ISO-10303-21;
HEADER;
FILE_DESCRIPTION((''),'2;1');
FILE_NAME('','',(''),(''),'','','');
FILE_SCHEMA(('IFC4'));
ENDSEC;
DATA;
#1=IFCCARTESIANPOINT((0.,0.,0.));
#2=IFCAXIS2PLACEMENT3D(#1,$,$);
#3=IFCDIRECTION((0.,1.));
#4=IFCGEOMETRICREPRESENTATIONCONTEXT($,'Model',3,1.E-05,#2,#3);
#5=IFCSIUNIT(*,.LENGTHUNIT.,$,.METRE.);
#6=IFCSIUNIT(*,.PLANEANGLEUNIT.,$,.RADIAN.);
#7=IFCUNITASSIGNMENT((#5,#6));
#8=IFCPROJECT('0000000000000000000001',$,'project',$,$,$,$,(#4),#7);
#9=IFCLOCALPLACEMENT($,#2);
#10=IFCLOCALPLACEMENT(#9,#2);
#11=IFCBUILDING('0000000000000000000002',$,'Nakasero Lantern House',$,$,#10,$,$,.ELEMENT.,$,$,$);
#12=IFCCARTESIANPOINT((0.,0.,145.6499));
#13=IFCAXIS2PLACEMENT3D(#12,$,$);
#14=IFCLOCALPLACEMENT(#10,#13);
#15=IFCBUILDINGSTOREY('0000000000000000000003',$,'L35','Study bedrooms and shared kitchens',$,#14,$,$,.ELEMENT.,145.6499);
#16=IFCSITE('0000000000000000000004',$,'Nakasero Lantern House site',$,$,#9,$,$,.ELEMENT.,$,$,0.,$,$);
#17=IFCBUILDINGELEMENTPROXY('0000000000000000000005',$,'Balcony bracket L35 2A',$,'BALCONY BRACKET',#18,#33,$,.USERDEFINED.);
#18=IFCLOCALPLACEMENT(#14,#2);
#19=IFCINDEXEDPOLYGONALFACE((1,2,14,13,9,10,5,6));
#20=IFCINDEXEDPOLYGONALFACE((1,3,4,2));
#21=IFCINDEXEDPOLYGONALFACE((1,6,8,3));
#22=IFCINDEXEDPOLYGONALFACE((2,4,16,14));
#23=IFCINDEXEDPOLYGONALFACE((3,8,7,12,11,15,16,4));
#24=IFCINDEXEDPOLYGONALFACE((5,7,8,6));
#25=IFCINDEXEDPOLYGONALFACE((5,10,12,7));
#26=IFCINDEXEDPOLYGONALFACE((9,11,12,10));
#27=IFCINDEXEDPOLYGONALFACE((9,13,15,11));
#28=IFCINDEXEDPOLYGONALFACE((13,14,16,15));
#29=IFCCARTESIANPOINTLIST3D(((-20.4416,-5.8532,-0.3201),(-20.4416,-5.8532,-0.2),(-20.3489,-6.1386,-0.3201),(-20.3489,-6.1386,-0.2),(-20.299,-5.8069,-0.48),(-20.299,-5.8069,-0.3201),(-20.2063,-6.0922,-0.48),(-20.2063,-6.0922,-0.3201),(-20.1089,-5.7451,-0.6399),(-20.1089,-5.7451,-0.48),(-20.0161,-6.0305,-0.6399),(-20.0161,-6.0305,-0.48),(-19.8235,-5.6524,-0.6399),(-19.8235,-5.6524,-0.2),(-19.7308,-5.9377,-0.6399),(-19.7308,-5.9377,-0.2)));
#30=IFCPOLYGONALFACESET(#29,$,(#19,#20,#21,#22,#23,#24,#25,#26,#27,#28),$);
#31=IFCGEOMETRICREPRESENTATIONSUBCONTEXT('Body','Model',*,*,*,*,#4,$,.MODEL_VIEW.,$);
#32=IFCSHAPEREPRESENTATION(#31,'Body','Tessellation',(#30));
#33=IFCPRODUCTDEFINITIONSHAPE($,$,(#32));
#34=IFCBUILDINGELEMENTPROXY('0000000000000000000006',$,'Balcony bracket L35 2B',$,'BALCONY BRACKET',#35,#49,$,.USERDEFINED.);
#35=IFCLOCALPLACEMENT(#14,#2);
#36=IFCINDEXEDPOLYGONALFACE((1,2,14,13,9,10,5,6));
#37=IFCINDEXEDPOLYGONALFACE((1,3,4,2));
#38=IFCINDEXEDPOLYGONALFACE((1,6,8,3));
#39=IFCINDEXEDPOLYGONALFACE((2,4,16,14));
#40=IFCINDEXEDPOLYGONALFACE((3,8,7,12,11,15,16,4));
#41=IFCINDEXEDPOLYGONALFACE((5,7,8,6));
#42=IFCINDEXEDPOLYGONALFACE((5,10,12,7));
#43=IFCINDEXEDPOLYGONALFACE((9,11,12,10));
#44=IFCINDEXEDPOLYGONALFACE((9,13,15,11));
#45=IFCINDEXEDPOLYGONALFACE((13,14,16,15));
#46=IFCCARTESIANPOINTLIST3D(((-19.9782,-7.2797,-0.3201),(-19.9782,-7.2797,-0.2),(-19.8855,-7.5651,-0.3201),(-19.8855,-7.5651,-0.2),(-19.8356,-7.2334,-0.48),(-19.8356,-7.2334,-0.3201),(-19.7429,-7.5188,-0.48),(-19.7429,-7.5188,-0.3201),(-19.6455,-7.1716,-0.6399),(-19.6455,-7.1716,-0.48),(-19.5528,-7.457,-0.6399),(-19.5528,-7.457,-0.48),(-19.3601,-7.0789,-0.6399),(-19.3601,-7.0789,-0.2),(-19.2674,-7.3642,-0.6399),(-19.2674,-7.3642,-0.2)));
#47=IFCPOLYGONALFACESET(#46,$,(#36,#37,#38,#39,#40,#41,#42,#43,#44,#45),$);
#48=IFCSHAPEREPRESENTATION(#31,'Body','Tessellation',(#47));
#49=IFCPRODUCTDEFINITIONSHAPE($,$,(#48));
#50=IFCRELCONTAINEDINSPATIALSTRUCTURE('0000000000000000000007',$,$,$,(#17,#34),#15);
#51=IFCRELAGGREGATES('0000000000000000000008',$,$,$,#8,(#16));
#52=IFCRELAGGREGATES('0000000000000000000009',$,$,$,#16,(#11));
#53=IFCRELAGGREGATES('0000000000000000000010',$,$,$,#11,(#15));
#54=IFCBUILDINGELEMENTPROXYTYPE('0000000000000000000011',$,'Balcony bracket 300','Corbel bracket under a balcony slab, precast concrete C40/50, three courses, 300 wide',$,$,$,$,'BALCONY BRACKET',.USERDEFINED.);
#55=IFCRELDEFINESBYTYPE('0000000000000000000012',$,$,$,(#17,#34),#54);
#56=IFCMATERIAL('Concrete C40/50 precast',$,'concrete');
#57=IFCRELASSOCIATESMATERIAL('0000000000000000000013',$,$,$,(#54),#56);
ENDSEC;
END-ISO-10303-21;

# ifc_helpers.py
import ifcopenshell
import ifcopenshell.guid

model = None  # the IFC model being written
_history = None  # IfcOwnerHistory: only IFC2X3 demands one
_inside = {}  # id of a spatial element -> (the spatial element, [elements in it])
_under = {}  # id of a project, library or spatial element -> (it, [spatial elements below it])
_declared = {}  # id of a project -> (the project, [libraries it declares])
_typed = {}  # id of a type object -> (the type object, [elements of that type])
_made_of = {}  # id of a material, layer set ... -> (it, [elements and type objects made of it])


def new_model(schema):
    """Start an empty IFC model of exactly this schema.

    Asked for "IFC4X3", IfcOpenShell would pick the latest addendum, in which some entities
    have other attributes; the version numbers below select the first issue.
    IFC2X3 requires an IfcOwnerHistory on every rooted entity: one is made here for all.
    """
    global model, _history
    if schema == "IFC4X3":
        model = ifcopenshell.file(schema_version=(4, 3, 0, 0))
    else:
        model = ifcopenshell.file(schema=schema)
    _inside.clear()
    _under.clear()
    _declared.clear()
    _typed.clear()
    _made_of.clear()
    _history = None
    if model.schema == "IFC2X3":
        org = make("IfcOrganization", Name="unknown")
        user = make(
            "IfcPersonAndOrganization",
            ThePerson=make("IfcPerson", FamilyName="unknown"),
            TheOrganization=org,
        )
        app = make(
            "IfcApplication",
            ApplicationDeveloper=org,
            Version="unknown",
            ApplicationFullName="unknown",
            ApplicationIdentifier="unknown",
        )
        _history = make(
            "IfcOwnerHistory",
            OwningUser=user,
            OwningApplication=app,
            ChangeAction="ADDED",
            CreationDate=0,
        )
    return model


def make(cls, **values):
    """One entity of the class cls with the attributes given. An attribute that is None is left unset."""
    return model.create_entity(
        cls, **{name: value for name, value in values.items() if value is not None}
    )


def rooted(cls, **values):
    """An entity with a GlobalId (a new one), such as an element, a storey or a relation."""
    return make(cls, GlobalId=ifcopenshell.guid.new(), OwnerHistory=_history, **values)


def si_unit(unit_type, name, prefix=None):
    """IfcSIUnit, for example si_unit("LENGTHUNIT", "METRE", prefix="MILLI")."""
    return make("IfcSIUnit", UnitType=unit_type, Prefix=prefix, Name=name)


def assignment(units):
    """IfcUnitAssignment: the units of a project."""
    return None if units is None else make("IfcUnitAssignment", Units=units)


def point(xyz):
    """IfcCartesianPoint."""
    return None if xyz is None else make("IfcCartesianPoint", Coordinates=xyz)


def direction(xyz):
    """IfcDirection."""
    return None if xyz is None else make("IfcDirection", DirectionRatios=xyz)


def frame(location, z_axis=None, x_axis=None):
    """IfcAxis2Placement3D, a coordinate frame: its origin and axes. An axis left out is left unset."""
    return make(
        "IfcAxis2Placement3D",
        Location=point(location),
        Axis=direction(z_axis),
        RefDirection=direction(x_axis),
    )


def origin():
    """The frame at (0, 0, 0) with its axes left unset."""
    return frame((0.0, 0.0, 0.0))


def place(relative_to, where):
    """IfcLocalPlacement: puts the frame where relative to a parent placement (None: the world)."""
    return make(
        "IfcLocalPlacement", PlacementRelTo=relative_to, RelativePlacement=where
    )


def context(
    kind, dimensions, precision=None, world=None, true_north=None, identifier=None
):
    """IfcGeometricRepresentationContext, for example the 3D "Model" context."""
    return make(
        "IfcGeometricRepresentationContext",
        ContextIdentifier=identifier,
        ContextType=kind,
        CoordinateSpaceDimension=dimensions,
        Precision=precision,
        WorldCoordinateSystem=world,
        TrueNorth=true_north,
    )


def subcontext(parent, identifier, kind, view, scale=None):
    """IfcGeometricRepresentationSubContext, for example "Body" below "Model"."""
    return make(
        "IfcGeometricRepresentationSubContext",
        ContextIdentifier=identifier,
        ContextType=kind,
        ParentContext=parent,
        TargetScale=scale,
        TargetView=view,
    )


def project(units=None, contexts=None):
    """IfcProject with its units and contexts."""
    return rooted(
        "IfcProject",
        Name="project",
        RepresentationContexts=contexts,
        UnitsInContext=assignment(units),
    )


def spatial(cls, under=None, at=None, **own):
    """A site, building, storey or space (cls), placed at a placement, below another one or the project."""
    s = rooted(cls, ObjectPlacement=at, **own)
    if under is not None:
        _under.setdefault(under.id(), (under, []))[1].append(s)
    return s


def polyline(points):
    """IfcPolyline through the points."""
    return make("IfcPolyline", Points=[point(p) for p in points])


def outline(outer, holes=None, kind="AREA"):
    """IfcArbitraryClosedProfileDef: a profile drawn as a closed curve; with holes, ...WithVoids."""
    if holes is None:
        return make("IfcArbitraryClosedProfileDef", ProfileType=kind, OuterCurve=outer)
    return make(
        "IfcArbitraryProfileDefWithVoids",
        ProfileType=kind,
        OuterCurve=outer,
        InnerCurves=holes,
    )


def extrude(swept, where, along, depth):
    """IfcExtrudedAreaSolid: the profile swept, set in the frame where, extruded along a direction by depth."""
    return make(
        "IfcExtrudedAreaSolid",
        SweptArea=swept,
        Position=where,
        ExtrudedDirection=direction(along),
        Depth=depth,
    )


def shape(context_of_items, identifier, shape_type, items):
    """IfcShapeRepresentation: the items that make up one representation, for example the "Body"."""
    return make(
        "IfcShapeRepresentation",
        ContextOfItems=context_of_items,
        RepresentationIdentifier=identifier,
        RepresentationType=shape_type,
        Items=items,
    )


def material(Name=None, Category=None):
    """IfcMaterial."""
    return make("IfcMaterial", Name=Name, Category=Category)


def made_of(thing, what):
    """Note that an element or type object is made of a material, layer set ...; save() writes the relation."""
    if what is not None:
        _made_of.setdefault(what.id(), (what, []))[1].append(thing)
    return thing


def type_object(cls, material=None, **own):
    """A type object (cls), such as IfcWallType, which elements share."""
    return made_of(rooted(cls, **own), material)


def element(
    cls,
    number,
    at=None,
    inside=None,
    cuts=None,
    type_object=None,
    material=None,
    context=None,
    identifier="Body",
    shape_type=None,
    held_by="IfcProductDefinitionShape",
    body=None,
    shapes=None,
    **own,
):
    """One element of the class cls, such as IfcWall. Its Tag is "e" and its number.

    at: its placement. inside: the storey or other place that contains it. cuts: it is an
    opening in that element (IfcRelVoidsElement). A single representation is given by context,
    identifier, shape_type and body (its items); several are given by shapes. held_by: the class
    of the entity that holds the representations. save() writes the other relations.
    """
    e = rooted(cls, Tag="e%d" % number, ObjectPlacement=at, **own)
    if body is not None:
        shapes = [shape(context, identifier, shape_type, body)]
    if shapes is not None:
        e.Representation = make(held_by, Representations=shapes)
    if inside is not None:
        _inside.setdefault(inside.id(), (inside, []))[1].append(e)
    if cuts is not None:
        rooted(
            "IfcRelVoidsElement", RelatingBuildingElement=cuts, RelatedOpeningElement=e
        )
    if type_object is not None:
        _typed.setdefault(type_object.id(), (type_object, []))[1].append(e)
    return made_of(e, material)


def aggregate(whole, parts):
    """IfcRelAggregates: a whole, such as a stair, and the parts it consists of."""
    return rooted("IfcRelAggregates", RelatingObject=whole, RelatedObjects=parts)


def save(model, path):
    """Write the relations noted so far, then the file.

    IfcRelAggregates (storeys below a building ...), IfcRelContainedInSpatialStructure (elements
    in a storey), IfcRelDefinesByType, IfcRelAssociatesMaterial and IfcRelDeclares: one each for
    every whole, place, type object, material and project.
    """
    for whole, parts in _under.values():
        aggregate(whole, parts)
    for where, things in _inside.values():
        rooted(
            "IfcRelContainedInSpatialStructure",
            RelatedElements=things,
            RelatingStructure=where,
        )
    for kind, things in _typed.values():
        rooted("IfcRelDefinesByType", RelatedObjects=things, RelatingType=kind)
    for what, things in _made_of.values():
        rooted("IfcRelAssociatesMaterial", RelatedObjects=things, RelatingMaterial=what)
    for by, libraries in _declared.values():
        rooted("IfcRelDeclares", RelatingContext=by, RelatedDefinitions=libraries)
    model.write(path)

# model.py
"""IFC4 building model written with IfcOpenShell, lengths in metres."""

from ifc_helpers import new_model, si_unit, direction, frame, origin, place, context, subcontext, project, spatial, polyline, outline, extrude, material, type_object, element, save


model = new_model("IFC4")

# Units and contexts
model_context = context("Model", 3, precision=1e-05, world=origin(), true_north=direction((0.0, 1.0)))
body_context = subcontext(model_context, "Body", "Model", "MODEL_VIEW")
ifc_project = project(units=[si_unit("LENGTHUNIT", "METRE"), si_unit("PLANEANGLEUNIT", "RADIAN")], contexts=[model_context])

# Site, building, storey
site_placement = place(None, origin())
site = spatial("IfcSite", under=ifc_project, at=site_placement, Name="Nakasero Lantern House site", CompositionType="ELEMENT", RefElevation=0.0)
building_placement = place(site_placement, origin())
building = spatial("IfcBuilding", under=site, at=building_placement, Name="Nakasero Lantern House", CompositionType="ELEMENT")
storey_placement = place(building_placement, frame((0.0, 0.0, 145.6499)))
storey = spatial("IfcBuildingStorey", under=building, at=storey_placement, Name="L35", Description="Study bedrooms and shared kitchens", CompositionType="ELEMENT", Elevation=145.6499)

# Building element proxies
ifc_material_1 = material(Name="Concrete C40/50 precast", Category="concrete")
building_element_proxy_type = type_object("IfcBuildingElementProxyType", Name="Balcony bracket 300", Description="Corbel bracket under a balcony slab, precast concrete C40/50, three courses, 300 wide", ElementType="BALCONY BRACKET", PredefinedType="USERDEFINED", material=ifc_material_1)
for number, where, z_axis, x_axis, name in (
    (1, (-19.7771, -5.7952, -0.2), (0.0, 0.0, 1.0), (-0.951057, -0.309017, 0.0), "Balcony bracket L35 2A"),
    (2, (-19.3137, -7.2217, -0.2), (0.0, 0.0, 1.0), (-0.951057, -0.309017, 0.0), "Balcony bracket L35 2B"),
):
    element("IfcBuildingElementProxy", number, at=place(storey_placement, frame(where, z_axis=z_axis, x_axis=x_axis)), inside=storey, type_object=building_element_proxy_type, Name=name, ObjectType="BALCONY BRACKET", PredefinedType="USERDEFINED", context=body_context, shape_type="SweptSolid", body=[
        extrude(outline(polyline([(0.0, 0.0), (0.6499, 0.0), (0.6499, -0.1201), (0.5, -0.1201), (0.5, -0.28), (0.3, -0.28), (0.3, -0.4399), (0.0, -0.4399), (0.0, 0.0)])), frame((0.0, 0.1499, 0.0), z_axis=(0.0, -1.0, 0.0), x_axis=(1.0, 0.0, 0.0)), (0.0, 0.0, 1.0), 0.3),
    ])

save(model, "model.ifc")
